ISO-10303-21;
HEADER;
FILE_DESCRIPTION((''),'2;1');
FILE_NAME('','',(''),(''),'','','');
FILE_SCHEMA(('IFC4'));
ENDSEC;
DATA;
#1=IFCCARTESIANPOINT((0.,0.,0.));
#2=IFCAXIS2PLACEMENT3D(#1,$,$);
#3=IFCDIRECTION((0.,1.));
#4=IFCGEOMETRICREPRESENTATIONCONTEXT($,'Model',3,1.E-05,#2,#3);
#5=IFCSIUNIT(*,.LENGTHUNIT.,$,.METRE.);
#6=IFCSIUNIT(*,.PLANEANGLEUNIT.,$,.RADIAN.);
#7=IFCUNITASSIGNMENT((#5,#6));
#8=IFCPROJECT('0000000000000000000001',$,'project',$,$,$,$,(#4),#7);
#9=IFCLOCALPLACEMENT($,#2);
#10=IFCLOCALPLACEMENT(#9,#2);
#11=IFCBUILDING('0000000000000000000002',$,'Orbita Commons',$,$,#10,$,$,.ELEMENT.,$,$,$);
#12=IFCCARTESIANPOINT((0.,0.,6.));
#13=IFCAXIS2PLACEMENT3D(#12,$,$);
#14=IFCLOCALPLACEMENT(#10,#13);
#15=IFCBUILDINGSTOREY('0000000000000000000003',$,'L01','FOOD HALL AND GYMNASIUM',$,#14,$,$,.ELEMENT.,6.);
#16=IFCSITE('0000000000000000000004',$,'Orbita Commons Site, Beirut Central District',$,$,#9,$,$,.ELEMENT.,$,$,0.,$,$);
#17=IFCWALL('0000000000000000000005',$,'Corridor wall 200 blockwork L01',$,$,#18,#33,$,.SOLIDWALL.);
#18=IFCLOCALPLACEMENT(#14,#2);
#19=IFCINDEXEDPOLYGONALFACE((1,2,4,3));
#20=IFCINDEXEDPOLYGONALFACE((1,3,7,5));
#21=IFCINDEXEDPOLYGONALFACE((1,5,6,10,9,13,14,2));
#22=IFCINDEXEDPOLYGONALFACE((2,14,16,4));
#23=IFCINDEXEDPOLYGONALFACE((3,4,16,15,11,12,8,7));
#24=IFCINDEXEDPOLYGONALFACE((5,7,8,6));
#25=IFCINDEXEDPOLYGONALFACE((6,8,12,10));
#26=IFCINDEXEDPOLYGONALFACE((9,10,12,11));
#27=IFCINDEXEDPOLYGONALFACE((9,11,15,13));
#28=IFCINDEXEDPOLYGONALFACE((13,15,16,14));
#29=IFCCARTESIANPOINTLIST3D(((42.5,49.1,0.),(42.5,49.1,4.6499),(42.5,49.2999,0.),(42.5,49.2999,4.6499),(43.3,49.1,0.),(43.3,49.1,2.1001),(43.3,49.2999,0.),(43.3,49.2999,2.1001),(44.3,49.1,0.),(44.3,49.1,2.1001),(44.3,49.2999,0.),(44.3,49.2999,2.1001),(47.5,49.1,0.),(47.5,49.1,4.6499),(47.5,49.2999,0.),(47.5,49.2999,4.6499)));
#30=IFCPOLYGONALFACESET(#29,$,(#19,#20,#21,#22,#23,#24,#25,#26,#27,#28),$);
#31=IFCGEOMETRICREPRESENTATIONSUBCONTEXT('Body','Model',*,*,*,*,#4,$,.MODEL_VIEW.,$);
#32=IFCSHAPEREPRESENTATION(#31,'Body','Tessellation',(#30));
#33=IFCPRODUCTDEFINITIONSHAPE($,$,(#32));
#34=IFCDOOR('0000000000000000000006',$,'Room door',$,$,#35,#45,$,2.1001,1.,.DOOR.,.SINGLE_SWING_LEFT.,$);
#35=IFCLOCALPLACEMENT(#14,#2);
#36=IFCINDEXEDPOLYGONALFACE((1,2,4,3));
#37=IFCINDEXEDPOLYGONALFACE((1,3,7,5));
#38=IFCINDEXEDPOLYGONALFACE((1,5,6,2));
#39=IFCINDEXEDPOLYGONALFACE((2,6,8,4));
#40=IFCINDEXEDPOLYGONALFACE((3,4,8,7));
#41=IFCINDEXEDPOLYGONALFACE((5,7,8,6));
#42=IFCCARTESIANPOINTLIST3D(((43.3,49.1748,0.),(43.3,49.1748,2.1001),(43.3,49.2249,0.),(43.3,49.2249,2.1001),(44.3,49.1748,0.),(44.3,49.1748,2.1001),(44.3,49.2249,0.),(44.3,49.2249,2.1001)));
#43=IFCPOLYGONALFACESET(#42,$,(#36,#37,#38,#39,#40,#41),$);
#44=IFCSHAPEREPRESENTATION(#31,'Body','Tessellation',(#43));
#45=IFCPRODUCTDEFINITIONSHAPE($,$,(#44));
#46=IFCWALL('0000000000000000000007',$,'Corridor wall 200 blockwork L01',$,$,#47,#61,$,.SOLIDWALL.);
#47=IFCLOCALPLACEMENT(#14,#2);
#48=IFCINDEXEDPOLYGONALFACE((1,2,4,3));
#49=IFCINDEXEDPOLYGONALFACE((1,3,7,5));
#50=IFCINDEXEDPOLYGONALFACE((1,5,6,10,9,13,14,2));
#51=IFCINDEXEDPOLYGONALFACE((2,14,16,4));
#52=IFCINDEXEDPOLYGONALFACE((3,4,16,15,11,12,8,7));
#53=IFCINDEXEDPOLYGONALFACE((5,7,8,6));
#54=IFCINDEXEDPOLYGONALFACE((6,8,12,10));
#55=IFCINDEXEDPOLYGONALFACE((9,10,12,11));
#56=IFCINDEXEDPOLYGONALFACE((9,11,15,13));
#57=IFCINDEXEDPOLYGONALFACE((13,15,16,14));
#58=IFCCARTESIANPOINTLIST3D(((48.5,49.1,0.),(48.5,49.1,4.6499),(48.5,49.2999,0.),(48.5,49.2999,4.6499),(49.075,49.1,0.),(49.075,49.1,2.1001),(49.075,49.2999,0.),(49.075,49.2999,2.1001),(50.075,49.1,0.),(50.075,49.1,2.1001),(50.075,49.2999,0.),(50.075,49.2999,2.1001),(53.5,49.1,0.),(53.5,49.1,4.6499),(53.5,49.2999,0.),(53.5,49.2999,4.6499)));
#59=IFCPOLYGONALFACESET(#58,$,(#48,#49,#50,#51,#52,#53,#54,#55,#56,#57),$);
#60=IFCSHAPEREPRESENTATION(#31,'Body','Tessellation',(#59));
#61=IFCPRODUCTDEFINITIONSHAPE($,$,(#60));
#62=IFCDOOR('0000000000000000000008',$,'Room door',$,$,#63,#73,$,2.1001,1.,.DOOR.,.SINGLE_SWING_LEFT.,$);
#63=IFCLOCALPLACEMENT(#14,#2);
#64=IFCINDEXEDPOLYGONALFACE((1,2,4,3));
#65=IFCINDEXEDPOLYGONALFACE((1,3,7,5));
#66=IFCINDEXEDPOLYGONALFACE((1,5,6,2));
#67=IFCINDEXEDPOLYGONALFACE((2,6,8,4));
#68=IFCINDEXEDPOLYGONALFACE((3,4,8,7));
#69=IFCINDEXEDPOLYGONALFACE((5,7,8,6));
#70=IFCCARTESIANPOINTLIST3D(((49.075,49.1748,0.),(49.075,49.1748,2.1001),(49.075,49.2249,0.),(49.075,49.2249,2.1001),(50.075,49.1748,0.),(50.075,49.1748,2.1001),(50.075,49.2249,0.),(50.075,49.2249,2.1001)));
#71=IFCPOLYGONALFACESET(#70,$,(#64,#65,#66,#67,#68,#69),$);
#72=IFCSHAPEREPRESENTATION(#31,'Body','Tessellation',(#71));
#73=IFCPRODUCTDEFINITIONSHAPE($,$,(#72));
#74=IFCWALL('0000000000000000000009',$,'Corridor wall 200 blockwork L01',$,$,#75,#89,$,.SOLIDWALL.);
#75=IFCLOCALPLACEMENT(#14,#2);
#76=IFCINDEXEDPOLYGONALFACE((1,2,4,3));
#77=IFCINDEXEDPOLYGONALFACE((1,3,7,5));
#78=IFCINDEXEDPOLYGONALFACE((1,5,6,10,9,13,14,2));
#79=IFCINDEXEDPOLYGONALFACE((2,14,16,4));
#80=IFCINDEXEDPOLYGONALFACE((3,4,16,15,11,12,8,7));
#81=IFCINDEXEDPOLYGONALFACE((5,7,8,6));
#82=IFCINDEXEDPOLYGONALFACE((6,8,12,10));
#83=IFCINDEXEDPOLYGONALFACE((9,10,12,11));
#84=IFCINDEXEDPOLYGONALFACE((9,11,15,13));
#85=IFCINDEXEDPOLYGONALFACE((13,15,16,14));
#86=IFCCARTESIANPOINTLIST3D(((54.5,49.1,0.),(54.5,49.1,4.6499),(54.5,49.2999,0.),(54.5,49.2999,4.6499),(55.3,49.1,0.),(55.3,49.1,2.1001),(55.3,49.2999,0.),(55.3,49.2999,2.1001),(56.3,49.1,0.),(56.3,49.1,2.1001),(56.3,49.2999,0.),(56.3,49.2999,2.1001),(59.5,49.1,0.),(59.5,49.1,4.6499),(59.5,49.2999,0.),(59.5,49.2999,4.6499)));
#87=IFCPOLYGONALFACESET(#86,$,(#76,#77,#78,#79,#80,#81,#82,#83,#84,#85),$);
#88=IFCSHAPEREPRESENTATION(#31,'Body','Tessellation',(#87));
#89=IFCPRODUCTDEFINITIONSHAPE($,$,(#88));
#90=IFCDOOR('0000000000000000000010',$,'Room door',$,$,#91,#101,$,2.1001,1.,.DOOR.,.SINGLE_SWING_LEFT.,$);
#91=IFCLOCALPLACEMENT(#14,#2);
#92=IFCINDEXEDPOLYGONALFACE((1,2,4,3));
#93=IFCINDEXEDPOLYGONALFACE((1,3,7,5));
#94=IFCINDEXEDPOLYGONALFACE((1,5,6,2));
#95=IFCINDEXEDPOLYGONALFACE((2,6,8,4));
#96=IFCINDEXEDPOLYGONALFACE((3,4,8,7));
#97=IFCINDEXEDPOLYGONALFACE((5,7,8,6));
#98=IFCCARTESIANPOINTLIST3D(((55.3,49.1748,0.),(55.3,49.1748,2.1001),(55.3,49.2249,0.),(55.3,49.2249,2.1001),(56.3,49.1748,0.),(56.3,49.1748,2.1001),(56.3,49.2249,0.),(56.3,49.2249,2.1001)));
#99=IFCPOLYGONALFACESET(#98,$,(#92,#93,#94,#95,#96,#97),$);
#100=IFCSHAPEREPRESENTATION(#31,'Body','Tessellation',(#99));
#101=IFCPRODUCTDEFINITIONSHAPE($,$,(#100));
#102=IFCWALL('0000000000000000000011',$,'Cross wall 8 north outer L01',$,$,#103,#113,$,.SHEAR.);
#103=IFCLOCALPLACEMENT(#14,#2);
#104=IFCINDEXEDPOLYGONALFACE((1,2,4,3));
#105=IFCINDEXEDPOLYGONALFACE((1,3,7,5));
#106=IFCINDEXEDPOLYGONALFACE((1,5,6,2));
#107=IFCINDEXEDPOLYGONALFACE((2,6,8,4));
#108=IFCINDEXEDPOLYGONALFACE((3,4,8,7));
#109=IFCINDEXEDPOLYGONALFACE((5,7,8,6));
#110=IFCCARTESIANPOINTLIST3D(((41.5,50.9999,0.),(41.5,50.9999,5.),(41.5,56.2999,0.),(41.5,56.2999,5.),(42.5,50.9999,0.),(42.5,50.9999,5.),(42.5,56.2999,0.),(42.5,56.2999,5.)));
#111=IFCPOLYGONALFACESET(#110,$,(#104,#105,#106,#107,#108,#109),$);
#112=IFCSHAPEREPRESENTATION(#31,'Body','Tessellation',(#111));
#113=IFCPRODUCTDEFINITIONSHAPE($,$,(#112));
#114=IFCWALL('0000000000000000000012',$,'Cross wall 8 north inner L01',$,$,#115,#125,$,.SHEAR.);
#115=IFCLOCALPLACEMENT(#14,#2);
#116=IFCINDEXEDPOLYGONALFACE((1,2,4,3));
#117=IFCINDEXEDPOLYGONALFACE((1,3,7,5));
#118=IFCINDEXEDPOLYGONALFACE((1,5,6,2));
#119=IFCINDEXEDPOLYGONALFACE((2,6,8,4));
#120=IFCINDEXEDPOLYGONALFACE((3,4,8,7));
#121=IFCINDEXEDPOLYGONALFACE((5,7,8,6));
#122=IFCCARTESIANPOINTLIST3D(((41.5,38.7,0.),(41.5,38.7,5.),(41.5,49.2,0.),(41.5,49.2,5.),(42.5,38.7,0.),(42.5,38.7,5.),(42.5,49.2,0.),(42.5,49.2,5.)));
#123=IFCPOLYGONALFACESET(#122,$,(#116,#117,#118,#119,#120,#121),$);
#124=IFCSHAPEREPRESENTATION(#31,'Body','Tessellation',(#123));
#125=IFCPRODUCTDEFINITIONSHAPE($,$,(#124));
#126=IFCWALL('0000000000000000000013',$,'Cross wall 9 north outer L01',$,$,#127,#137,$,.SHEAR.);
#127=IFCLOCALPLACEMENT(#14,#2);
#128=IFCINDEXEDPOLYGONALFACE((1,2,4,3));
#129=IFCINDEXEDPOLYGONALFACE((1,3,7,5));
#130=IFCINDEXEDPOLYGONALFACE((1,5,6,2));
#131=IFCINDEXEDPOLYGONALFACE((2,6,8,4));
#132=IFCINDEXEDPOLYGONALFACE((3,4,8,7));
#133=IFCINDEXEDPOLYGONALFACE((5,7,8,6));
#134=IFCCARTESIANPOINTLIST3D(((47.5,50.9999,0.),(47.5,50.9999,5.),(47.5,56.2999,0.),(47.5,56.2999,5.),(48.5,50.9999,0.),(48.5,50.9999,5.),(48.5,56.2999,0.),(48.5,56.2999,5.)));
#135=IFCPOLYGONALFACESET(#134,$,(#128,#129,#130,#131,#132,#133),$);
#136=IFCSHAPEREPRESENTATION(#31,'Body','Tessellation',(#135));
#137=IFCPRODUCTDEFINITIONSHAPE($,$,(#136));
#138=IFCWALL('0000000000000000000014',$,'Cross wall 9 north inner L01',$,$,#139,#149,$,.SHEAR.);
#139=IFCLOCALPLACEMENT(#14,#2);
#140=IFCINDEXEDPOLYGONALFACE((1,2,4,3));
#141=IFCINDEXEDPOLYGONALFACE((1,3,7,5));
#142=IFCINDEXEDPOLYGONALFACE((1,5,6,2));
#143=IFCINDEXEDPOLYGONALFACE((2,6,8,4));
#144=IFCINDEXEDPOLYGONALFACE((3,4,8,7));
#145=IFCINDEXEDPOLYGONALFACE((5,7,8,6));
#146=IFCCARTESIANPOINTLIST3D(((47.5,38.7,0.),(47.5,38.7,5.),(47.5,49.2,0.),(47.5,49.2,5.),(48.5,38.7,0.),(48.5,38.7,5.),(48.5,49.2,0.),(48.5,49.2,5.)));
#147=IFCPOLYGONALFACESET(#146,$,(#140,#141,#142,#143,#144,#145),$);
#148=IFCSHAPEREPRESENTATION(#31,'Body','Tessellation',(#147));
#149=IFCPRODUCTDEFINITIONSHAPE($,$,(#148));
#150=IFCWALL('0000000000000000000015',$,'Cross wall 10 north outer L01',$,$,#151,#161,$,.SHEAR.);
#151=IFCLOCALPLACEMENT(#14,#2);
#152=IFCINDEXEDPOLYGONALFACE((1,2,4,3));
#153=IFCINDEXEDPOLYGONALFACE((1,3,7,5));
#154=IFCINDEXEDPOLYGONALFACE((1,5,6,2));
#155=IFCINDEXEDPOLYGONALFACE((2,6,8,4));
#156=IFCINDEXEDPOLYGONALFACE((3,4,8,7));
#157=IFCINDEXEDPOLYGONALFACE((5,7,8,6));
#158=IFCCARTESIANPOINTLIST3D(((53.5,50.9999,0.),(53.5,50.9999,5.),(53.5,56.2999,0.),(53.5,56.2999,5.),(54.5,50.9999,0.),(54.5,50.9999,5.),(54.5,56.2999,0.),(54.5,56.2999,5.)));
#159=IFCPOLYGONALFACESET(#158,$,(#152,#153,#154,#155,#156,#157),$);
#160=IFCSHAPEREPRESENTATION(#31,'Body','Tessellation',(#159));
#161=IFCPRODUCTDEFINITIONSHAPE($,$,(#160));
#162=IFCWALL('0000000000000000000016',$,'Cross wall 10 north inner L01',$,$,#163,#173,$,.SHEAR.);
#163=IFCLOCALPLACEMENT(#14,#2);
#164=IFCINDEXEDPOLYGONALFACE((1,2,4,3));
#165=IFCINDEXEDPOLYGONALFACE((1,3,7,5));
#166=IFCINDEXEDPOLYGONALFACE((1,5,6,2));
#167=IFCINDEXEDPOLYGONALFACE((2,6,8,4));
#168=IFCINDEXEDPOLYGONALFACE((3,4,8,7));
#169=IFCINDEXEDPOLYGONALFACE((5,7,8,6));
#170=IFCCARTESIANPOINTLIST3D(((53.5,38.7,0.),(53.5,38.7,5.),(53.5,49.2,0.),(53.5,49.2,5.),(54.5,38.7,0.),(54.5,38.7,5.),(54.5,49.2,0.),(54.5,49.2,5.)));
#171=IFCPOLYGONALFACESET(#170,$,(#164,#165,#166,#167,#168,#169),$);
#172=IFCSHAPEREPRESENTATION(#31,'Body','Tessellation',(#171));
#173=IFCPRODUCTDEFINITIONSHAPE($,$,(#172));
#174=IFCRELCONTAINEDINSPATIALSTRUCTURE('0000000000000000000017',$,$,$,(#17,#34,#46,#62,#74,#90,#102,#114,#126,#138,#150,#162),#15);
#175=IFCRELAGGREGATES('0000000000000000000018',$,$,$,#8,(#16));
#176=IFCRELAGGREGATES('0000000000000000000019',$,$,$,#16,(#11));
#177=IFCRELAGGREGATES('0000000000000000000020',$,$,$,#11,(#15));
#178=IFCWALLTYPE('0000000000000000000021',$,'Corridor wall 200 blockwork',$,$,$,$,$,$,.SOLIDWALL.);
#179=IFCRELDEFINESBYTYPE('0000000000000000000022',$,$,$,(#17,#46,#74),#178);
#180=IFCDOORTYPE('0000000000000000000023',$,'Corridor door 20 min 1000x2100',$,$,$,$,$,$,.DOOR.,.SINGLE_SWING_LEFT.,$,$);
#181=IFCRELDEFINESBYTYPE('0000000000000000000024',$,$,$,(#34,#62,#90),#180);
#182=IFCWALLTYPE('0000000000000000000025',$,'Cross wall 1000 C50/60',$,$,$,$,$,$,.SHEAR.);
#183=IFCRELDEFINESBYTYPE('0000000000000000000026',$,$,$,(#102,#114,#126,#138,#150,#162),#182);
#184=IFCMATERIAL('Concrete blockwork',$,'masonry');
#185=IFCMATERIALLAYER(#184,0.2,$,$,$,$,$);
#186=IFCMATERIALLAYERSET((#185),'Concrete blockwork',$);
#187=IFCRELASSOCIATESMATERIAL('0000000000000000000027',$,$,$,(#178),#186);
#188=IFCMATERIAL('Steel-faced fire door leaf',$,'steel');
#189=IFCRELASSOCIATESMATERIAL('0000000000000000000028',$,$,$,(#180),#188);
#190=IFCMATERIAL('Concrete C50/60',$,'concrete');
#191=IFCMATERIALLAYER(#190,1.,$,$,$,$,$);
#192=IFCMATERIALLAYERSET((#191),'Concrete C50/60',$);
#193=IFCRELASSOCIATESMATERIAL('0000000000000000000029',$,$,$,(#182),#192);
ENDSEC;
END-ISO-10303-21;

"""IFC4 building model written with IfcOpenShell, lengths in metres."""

from ifc_helpers import new_model, si_unit, direction, frame, frame_2d, origin, place, context, subcontext, project, spatial, rectangle, extrude, material, layer, layer_set, type_object, element, fill, save


model = new_model("IFC4")

# Units and contexts
model_context = context("Model", 3, precision=1e-05, world=origin(), true_north=direction((0.0, 1.0)))
body_context = subcontext(model_context, "Body", "Model", "MODEL_VIEW")
ifc_project = project(units=[si_unit("LENGTHUNIT", "METRE"), si_unit("PLANEANGLEUNIT", "RADIAN")], contexts=[model_context])

# Site, building, storey
site_placement = place(None, origin())
site = spatial("IfcSite", under=ifc_project, at=site_placement, Name="Orbita Commons Site, Beirut Central District", CompositionType="ELEMENT", RefElevation=0.0)
building_placement = place(site_placement, origin())
building = spatial("IfcBuilding", under=site, at=building_placement, Name="Orbita Commons", CompositionType="ELEMENT")
storey_placement = place(building_placement, frame((0.0, 0.0, 6.0)))
storey = spatial("IfcBuildingStorey", under=building, at=storey_placement, Name="L01", Description="FOOD HALL AND GYMNASIUM", CompositionType="ELEMENT", Elevation=6.0)

# Shared definitions
ifc_material_1 = material(Name="Concrete blockwork", Category="masonry")
ifc_layer_1 = layer(ifc_material_1, 0.2)
ifc_layer_set_1 = layer_set([ifc_layer_1], Name="Concrete blockwork")
wall_type_1 = type_object("IfcWallType", Name="Corridor wall 200 blockwork", PredefinedType="SOLIDWALL", material=ifc_layer_set_1)

# Walls, openings, doors
wall_1_placement = place(storey_placement, frame((42.5, 49.2, 0.0), z_axis=(0.0, 0.0, 1.0), x_axis=(1.0, 0.0, 0.0)))
wall_1 = element("IfcWall", 1, at=wall_1_placement, inside=storey, type_object=wall_type_1, Name="Corridor wall 200 blockwork L01", PredefinedType="SOLIDWALL", context=body_context, shape_type="SweptSolid", body=[
    extrude(rectangle(XDim=5.0, YDim=0.2, at=frame_2d((2.5, 0.0))), origin(), (0.0, 0.0, 1.0), 4.6499),
])
opening_1_placement = place(wall_1_placement, frame((0.8, 0.0, 0.0)))
opening_1 = element("IfcOpeningElement", 2, at=opening_1_placement, cuts=wall_1, PredefinedType="OPENING", context=body_context, shape_type="SweptSolid", body=[
    extrude(rectangle(XDim=1.0, YDim=2.1001, at=frame_2d((0.5, 1.05))), frame((0.0, 0.1099, 0.0), z_axis=(0.0, -1.0, 0.0), x_axis=(1.0, 0.0, 0.0)), (0.0, 0.0, 1.0), 0.22),
])
ifc_material_2 = material(Name="Steel-faced fire door leaf", Category="steel")
door_type_1 = type_object("IfcDoorType", Name="Corridor door 20 min 1000x2100", OperationType="SINGLE_SWING_LEFT", PredefinedType="DOOR", material=ifc_material_2)
door_1_placement = place(opening_1_placement, origin())
door_1 = element("IfcDoor", 3, at=door_1_placement, inside=storey, type_object=door_type_1, Name="Room door", OperationType="SINGLE_SWING_LEFT", OverallHeight=2.1001, OverallWidth=1.0, PredefinedType="DOOR", context=body_context, shape_type="SweptSolid", body=[
    extrude(rectangle(XDim=1.0, YDim=2.1001, at=frame_2d((0.5, 1.05))), frame((0.0, 0.0249, 0.0), z_axis=(0.0, -1.0, 0.0), x_axis=(1.0, 0.0, 0.0)), (0.0, 0.0, 1.0), 0.05),
])
fill(opening_1, door_1)
wall_2_placement = place(storey_placement, frame((48.5, 49.2, 0.0), z_axis=(0.0, 0.0, 1.0), x_axis=(1.0, 0.0, 0.0)))
wall_2 = element("IfcWall", 4, at=wall_2_placement, inside=storey, type_object=wall_type_1, Name="Corridor wall 200 blockwork L01", PredefinedType="SOLIDWALL", context=body_context, shape_type="SweptSolid", body=[
    extrude(rectangle(XDim=5.0, YDim=0.2, at=frame_2d((2.5, 0.0))), origin(), (0.0, 0.0, 1.0), 4.6499),
])
opening_2_placement = place(wall_2_placement, frame((0.575, 0.0, 0.0)))
opening_2 = element("IfcOpeningElement", 5, at=opening_2_placement, cuts=wall_2, PredefinedType="OPENING", context=body_context, shape_type="SweptSolid", body=[
    extrude(rectangle(XDim=1.0, YDim=2.1001, at=frame_2d((0.5, 1.05))), frame((0.0, 0.1099, 0.0), z_axis=(0.0, -1.0, 0.0), x_axis=(1.0, 0.0, 0.0)), (0.0, 0.0, 1.0), 0.22),
])
door_2_placement = place(opening_2_placement, origin())
door_2 = element("IfcDoor", 6, at=door_2_placement, inside=storey, type_object=door_type_1, Name="Room door", OperationType="SINGLE_SWING_LEFT", OverallHeight=2.1001, OverallWidth=1.0, PredefinedType="DOOR", context=body_context, shape_type="SweptSolid", body=[
    extrude(rectangle(XDim=1.0, YDim=2.1001, at=frame_2d((0.5, 1.05))), frame((0.0, 0.0249, 0.0), z_axis=(0.0, -1.0, 0.0), x_axis=(1.0, 0.0, 0.0)), (0.0, 0.0, 1.0), 0.05),
])
fill(opening_2, door_2)
wall_3_placement = place(storey_placement, frame((54.5, 49.2, 0.0), z_axis=(0.0, 0.0, 1.0), x_axis=(1.0, 0.0, 0.0)))
wall_3 = element("IfcWall", 7, at=wall_3_placement, inside=storey, type_object=wall_type_1, Name="Corridor wall 200 blockwork L01", PredefinedType="SOLIDWALL", context=body_context, shape_type="SweptSolid", body=[
    extrude(rectangle(XDim=5.0, YDim=0.2, at=frame_2d((2.5, 0.0))), origin(), (0.0, 0.0, 1.0), 4.6499),
])
opening_3_placement = place(wall_3_placement, frame((0.8, 0.0, 0.0)))
opening_3 = element("IfcOpeningElement", 8, at=opening_3_placement, cuts=wall_3, PredefinedType="OPENING", context=body_context, shape_type="SweptSolid", body=[
    extrude(rectangle(XDim=1.0, YDim=2.1001, at=frame_2d((0.5, 1.05))), frame((0.0, 0.1099, 0.0), z_axis=(0.0, -1.0, 0.0), x_axis=(1.0, 0.0, 0.0)), (0.0, 0.0, 1.0), 0.22),
])
door_3_placement = place(opening_3_placement, origin())
door_3 = element("IfcDoor", 9, at=door_3_placement, inside=storey, type_object=door_type_1, Name="Room door", OperationType="SINGLE_SWING_LEFT", OverallHeight=2.1001, OverallWidth=1.0, PredefinedType="DOOR", context=body_context, shape_type="SweptSolid", body=[
    extrude(rectangle(XDim=1.0, YDim=2.1001, at=frame_2d((0.5, 1.05))), frame((0.0, 0.0249, 0.0), z_axis=(0.0, -1.0, 0.0), x_axis=(1.0, 0.0, 0.0)), (0.0, 0.0, 1.0), 0.05),
])
fill(opening_3, door_3)

# Walls
ifc_material_3 = material(Name="Concrete C50/60", Category="concrete")
ifc_layer_2 = layer(ifc_material_3, 1.0)
ifc_layer_set_2 = layer_set([ifc_layer_2], Name="Concrete C50/60")
wall_type_2 = type_object("IfcWallType", Name="Cross wall 1000 C50/60", PredefinedType="SHEAR", material=ifc_layer_set_2)
wall_4_placement = place(storey_placement, frame((42.0, 51.0, 0.0), z_axis=(0.0, 0.0, 1.0), x_axis=(0.0, 1.0, 0.0)))
element("IfcWall", 10, at=wall_4_placement, inside=storey, type_object=wall_type_2, Name="Cross wall 8 north outer L01", PredefinedType="SHEAR", context=body_context, shape_type="SweptSolid", body=[
    extrude(rectangle(XDim=5.3, YDim=1.0, at=frame_2d((2.6499, 0.0))), origin(), (0.0, 0.0, 1.0), 5.0),
])
wall_5_placement = place(storey_placement, frame((42.0, 38.7, 0.0), z_axis=(0.0, 0.0, 1.0), x_axis=(0.0, 1.0, 0.0)))
element("IfcWall", 11, at=wall_5_placement, inside=storey, type_object=wall_type_2, Name="Cross wall 8 north inner L01", PredefinedType="SHEAR", context=body_context, shape_type="SweptSolid", body=[
    extrude(rectangle(XDim=10.5, YDim=1.0, at=frame_2d((5.25, 0.0))), origin(), (0.0, 0.0, 1.0), 5.0),
])
wall_6_placement = place(storey_placement, frame((48.0, 51.0, 0.0), z_axis=(0.0, 0.0, 1.0), x_axis=(0.0, 1.0, 0.0)))
element("IfcWall", 12, at=wall_6_placement, inside=storey, type_object=wall_type_2, Name="Cross wall 9 north outer L01", PredefinedType="SHEAR", context=body_context, shape_type="SweptSolid", body=[
    extrude(rectangle(XDim=5.3, YDim=1.0, at=frame_2d((2.6499, 0.0))), origin(), (0.0, 0.0, 1.0), 5.0),
])
wall_7_placement = place(storey_placement, frame((48.0, 38.7, 0.0), z_axis=(0.0, 0.0, 1.0), x_axis=(0.0, 1.0, 0.0)))
element("IfcWall", 13, at=wall_7_placement, inside=storey, type_object=wall_type_2, Name="Cross wall 9 north inner L01", PredefinedType="SHEAR", context=body_context, shape_type="SweptSolid", body=[
    extrude(rectangle(XDim=10.5, YDim=1.0, at=frame_2d((5.25, 0.0))), origin(), (0.0, 0.0, 1.0), 5.0),
])
wall_8_placement = place(storey_placement, frame((54.0, 51.0, 0.0), z_axis=(0.0, 0.0, 1.0), x_axis=(0.0, 1.0, 0.0)))
element("IfcWall", 14, at=wall_8_placement, inside=storey, type_object=wall_type_2, Name="Cross wall 10 north outer L01", PredefinedType="SHEAR", context=body_context, shape_type="SweptSolid", body=[
    extrude(rectangle(XDim=5.3, YDim=1.0, at=frame_2d((2.6499, 0.0))), origin(), (0.0, 0.0, 1.0), 5.0),
])
wall_9_placement = place(storey_placement, frame((54.0, 38.7, 0.0), z_axis=(0.0, 0.0, 1.0), x_axis=(0.0, 1.0, 0.0)))
element("IfcWall", 15, at=wall_9_placement, inside=storey, type_object=wall_type_2, Name="Cross wall 10 north inner L01", PredefinedType="SHEAR", context=body_context, shape_type="SweptSolid", body=[
    extrude(rectangle(XDim=10.5, YDim=1.0, at=frame_2d((5.25, 0.0))), origin(), (0.0, 0.0, 1.0), 5.0),
])

save(model, "model.ifc")
